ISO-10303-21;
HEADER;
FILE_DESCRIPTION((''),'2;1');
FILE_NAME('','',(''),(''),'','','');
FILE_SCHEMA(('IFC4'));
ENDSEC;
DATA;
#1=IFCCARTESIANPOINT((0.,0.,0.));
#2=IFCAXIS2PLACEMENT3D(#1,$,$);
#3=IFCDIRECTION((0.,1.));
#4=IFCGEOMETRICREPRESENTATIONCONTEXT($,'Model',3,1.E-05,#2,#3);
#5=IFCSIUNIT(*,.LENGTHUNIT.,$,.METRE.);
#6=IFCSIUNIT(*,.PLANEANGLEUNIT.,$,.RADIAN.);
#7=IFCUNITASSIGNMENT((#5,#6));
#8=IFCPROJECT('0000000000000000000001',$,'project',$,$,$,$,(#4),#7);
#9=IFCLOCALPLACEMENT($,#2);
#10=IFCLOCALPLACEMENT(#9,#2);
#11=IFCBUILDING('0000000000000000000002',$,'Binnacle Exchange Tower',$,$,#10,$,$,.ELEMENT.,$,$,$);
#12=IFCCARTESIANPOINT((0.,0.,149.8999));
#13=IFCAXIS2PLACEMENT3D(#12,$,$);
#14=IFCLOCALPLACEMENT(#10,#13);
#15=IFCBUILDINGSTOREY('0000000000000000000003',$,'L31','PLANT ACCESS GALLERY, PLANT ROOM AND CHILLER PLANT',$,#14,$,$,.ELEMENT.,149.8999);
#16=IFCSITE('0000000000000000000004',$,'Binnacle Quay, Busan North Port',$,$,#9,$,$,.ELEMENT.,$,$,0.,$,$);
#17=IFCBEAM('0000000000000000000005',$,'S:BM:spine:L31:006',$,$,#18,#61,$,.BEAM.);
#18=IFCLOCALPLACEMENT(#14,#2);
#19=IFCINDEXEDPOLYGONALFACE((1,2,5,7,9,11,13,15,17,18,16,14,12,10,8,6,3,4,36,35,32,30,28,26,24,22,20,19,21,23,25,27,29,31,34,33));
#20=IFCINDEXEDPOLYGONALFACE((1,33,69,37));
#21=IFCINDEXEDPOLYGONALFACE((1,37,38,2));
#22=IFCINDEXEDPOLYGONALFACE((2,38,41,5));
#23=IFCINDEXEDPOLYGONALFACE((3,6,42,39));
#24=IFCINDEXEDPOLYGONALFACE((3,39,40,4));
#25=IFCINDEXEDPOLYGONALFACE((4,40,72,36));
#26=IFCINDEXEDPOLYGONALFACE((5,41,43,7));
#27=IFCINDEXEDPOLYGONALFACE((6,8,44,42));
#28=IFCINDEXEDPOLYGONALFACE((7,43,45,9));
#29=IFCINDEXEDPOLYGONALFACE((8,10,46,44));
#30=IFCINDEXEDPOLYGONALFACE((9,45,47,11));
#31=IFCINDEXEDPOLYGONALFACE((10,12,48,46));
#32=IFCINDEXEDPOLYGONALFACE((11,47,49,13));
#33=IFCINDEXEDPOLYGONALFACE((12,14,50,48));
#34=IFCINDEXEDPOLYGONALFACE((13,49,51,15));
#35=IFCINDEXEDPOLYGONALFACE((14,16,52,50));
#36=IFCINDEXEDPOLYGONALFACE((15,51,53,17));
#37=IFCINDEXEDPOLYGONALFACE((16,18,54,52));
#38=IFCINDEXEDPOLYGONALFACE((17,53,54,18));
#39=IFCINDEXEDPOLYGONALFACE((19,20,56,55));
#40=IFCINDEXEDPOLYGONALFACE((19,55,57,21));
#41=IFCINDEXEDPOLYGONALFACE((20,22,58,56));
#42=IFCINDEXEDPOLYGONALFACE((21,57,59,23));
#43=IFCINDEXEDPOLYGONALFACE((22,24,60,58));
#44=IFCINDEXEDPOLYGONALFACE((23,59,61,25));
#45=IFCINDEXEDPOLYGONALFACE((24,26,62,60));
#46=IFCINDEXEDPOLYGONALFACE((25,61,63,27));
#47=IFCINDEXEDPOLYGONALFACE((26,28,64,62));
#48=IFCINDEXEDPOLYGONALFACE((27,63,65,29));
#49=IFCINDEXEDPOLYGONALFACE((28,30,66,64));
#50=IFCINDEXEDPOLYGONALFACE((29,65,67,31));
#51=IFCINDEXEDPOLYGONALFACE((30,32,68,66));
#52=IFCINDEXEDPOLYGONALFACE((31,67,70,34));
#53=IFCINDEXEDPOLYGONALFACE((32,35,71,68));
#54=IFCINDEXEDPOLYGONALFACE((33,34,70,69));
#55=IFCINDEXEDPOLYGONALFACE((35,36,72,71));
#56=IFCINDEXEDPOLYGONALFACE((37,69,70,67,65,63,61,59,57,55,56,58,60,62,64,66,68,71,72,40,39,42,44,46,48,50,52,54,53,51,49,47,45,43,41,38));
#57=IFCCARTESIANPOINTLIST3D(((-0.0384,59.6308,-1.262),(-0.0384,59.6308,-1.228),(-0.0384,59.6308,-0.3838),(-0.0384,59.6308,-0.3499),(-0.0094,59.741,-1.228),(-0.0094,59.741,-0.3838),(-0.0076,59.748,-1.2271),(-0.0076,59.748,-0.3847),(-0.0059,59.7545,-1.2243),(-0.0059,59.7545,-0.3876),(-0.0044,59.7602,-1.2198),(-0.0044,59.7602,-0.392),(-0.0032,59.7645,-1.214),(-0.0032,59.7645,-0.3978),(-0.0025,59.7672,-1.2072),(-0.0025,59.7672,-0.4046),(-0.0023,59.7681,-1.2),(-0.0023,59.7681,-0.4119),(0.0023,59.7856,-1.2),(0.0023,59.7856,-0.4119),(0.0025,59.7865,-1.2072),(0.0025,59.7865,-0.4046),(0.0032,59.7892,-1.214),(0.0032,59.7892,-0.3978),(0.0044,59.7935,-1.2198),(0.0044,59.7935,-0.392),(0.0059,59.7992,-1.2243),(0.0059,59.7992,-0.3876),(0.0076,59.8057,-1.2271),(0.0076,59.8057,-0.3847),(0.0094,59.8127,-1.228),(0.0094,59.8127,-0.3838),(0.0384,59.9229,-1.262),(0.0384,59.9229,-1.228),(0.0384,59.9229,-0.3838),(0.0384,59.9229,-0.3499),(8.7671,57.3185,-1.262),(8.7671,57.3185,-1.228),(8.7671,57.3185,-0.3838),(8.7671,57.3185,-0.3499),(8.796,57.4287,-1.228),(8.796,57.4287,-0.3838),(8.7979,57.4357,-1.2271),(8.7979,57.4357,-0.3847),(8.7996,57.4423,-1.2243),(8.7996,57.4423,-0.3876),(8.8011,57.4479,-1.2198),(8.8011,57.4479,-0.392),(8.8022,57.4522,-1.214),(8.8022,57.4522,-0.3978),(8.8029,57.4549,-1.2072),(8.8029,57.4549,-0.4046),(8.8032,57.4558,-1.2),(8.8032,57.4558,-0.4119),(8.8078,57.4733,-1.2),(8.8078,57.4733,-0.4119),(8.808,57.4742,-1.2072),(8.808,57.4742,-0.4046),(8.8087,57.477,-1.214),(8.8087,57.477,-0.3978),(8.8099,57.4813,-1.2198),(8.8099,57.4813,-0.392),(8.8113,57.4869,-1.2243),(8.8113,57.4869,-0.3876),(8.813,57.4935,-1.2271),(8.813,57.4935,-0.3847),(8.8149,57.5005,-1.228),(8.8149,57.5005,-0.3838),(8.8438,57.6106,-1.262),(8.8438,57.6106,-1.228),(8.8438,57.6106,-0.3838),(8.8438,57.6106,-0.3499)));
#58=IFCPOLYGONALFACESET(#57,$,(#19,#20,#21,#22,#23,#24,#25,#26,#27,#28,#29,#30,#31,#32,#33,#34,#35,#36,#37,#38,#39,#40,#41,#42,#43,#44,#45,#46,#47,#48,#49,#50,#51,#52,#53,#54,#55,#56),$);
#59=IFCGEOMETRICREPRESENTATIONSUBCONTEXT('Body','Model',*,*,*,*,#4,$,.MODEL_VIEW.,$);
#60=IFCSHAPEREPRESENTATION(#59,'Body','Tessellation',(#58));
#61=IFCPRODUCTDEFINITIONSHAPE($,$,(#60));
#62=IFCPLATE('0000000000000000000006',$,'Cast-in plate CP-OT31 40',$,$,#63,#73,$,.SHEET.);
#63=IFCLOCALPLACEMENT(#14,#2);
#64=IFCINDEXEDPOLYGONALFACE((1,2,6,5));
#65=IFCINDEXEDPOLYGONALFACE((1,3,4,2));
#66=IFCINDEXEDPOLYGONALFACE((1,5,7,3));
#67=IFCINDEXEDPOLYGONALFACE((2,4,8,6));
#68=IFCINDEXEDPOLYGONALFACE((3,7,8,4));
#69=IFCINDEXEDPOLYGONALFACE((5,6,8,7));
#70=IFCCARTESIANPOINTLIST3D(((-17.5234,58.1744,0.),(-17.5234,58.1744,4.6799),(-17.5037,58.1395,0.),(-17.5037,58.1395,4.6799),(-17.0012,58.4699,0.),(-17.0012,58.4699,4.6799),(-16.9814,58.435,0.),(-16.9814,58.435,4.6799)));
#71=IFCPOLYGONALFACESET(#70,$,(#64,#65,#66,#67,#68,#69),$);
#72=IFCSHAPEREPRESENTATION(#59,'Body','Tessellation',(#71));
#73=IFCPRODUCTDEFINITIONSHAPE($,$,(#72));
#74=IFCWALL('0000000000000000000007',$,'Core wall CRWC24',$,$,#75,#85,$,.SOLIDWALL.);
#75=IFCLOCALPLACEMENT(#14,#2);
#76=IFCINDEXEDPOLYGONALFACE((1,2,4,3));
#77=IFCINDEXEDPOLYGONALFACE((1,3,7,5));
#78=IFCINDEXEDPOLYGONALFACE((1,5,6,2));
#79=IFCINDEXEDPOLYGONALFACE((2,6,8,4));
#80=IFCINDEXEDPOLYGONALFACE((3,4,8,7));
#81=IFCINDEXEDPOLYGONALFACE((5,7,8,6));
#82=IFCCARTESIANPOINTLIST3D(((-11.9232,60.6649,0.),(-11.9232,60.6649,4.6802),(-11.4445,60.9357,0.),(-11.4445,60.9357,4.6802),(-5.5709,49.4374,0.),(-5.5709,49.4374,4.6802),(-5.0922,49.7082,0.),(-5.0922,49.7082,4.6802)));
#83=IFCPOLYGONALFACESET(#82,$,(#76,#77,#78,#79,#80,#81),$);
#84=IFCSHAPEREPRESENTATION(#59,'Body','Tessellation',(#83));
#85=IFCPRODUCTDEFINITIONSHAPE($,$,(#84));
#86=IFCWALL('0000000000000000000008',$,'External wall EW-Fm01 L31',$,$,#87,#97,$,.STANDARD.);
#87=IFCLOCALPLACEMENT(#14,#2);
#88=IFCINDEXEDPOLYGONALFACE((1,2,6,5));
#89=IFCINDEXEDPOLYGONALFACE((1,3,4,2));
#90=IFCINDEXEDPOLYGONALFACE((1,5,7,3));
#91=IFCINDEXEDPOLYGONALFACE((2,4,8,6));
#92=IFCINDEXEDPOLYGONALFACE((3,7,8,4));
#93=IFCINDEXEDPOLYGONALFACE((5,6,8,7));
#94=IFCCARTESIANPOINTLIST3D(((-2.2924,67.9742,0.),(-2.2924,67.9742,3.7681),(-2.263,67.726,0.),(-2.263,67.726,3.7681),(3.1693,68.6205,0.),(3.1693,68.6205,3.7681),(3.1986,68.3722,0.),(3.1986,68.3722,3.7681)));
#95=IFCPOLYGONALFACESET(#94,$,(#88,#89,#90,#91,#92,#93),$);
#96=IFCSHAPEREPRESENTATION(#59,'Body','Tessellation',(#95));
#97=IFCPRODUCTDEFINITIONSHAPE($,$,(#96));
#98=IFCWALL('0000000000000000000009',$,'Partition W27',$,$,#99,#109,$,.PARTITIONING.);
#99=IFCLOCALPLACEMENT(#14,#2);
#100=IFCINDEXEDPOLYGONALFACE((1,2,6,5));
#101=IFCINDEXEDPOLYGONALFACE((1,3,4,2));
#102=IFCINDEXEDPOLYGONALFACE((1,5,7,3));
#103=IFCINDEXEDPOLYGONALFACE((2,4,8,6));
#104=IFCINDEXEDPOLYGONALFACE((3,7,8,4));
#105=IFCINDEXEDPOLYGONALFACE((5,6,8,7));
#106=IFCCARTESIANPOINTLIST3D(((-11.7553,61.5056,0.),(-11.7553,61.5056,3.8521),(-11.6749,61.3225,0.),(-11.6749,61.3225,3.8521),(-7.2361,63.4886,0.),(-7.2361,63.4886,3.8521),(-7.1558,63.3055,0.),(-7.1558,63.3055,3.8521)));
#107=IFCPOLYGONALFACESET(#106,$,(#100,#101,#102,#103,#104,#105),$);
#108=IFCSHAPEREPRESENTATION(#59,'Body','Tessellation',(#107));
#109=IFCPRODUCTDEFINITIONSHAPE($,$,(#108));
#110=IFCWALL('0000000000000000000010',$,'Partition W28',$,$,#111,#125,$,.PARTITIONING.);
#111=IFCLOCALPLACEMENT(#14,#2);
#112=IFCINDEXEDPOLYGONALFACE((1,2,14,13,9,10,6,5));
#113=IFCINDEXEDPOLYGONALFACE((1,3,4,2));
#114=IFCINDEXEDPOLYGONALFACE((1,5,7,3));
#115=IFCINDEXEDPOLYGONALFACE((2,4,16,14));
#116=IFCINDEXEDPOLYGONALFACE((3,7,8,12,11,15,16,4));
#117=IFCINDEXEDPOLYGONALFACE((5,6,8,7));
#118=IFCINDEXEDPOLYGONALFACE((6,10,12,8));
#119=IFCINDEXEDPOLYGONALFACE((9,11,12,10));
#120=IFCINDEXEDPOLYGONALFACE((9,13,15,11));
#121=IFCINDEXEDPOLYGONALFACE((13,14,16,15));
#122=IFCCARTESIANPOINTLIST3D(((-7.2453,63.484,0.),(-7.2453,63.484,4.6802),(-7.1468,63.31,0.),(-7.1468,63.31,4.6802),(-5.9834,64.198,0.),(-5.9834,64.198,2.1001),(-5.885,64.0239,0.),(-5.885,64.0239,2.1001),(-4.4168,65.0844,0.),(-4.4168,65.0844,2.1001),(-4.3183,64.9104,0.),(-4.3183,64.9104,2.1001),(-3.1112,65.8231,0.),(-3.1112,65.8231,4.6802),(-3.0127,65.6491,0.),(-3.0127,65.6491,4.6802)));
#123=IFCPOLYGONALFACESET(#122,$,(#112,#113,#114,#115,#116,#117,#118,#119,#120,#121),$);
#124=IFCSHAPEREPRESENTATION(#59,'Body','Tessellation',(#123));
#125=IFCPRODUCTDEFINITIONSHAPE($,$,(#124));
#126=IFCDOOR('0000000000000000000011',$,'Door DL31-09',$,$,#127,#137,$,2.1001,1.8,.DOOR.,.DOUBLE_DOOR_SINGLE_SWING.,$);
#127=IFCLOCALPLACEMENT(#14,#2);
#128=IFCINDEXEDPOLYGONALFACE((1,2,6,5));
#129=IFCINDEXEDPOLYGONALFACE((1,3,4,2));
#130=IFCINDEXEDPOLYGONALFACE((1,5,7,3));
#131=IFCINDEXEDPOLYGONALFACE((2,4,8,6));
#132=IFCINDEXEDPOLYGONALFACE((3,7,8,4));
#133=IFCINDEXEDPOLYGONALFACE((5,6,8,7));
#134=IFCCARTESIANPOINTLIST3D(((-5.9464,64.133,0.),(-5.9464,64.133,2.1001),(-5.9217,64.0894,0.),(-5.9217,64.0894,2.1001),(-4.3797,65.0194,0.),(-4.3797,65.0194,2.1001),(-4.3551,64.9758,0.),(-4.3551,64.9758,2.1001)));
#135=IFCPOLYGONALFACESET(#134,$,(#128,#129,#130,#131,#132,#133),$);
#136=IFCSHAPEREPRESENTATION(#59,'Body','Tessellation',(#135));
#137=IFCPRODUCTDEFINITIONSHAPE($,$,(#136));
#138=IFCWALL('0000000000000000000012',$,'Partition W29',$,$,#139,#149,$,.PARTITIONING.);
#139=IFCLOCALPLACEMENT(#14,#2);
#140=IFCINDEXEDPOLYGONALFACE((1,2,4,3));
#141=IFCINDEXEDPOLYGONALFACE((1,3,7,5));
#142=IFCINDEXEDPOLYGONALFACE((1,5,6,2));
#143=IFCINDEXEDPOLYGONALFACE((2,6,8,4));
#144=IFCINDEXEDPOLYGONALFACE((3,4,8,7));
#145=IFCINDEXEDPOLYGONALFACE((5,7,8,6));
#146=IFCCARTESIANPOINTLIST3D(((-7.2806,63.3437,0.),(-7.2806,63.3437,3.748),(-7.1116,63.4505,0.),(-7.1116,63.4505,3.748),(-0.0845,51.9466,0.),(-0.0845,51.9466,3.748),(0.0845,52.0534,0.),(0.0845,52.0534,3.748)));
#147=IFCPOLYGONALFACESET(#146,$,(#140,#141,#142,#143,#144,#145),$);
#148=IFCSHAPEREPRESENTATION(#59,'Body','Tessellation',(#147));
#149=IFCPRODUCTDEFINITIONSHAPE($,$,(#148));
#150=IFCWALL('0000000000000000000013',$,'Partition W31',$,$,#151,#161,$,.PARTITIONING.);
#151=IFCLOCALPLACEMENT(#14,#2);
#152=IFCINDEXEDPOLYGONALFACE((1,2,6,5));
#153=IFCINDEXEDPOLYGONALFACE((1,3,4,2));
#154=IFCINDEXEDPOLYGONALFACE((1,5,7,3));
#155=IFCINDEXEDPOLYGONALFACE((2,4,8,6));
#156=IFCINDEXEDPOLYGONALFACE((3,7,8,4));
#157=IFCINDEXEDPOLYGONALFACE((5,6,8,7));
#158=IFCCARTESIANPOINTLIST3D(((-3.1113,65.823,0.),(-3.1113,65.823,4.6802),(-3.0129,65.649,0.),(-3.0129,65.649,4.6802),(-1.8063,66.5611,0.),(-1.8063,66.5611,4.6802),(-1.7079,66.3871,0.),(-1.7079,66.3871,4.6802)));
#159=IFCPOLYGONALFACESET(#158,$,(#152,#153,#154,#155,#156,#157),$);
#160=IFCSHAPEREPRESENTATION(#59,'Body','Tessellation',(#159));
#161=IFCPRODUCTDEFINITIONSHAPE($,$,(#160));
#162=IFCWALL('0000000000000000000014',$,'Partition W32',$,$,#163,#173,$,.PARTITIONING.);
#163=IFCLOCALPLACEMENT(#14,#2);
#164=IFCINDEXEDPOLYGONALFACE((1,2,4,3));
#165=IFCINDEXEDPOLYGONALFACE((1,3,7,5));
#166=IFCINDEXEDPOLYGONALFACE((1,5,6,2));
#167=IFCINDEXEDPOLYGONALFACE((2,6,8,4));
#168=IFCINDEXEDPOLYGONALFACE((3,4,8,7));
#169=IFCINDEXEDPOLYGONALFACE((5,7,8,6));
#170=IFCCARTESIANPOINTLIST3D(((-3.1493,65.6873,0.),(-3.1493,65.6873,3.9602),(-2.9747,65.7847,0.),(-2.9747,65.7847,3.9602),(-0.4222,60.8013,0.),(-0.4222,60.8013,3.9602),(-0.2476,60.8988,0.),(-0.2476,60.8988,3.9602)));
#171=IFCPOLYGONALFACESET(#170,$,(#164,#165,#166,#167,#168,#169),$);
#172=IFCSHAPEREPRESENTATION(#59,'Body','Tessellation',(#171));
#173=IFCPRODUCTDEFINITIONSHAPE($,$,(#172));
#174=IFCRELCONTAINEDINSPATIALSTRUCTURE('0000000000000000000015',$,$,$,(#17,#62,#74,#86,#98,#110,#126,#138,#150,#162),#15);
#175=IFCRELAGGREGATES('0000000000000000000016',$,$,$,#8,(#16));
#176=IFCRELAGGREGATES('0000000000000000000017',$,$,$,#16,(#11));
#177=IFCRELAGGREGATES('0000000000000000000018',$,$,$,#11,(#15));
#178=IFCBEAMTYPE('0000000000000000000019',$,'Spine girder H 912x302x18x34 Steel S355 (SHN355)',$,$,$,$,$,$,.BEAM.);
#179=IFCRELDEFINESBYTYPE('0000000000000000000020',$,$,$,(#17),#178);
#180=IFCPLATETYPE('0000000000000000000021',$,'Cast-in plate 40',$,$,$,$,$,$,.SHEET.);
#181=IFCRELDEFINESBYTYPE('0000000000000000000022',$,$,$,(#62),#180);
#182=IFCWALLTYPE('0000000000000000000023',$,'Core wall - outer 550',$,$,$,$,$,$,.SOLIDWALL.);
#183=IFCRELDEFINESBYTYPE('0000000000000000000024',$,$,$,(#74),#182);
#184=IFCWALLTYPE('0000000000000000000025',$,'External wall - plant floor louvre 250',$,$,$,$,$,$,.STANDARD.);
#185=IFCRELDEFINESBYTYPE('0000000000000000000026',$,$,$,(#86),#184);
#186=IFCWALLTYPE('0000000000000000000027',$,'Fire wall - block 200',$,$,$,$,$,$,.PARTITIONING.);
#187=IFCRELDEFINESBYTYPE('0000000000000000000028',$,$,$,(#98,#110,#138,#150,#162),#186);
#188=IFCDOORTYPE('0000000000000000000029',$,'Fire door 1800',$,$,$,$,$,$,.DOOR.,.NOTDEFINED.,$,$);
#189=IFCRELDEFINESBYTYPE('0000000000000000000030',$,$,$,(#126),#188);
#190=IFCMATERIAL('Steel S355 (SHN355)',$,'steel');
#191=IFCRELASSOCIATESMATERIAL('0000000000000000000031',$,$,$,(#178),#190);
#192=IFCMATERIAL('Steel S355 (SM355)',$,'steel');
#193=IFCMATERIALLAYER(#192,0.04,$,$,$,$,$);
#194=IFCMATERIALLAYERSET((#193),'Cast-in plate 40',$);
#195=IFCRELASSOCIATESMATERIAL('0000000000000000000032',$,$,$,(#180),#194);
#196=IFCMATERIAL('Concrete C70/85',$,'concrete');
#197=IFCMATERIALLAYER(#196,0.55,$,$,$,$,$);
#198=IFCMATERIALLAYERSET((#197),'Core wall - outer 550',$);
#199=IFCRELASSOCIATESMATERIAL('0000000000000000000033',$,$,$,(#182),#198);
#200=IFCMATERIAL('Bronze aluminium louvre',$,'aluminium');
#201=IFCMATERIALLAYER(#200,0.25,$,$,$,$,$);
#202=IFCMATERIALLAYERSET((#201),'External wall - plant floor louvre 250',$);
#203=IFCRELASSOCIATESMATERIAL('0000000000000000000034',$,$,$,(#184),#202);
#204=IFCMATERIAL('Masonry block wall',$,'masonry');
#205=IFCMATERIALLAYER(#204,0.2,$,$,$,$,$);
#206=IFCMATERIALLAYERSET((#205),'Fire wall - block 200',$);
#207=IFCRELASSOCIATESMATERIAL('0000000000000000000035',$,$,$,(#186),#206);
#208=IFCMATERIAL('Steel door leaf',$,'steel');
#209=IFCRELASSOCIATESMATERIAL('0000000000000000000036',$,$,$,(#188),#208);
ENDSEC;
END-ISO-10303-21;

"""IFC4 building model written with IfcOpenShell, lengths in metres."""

from ifc_helpers import new_model, si_unit, direction, frame, frame_2d, origin, origin_2d, place, context, subcontext, project, spatial, rectangle, i_section, extrude, material, layer, layer_set, material_profile, profile_set, type_object, element, fill, save


model = new_model("IFC4")

# Units and contexts
model_context = context("Model", 3, precision=1e-05, world=origin(), true_north=direction((0.0, 1.0)))
body_context = subcontext(model_context, "Body", "Model", "MODEL_VIEW")
ifc_project = project(units=[si_unit("LENGTHUNIT", "METRE"), si_unit("PLANEANGLEUNIT", "RADIAN")], contexts=[model_context])

# Site, building, storey
site_placement = place(None, origin())
site = spatial("IfcSite", under=ifc_project, at=site_placement, Name="Binnacle Quay, Busan North Port", CompositionType="ELEMENT", RefElevation=0.0)
building_placement = place(site_placement, origin())
building = spatial("IfcBuilding", under=site, at=building_placement, Name="Binnacle Exchange Tower", CompositionType="ELEMENT")
storey_placement = place(building_placement, frame((0.0, 0.0, 149.8999)))
storey = spatial("IfcBuildingStorey", under=building, at=storey_placement, Name="L31", Description="PLANT ACCESS GALLERY, PLANT ROOM AND CHILLER PLANT", CompositionType="ELEMENT", Elevation=149.8999)

# Shared definitions
ifc_material_1 = material(Name="Concrete C70/85", Category="concrete")

# Shared definitions
ifc_material_2 = material(Name="Steel S355 (SHN355)", Category="steel")

# Beam
ifc_material_profile_1 = material_profile(ifc_material_2, i_section(OverallWidth=0.302, OverallDepth=0.9121, WebThickness=0.0181, FlangeThickness=0.0339, FilletRadius=0.0281, at=origin_2d()), Name="H 912x302x18x34")
ifc_profile_set_1 = profile_set([ifc_material_profile_1], Name="Steel S355 (SHN355)")
beam_type_1 = type_object("IfcBeamType", Name="Spine girder H 912x302x18x34 Steel S355 (SHN355)", PredefinedType="BEAM", material=ifc_profile_set_1)
beam_1_placement = place(storey_placement, frame((0.0, 59.7769, -0.8059), z_axis=(0.967208, -0.253984, 0.0), x_axis=(0.253984, 0.967208, 0.0)))
element("IfcBeam", 1, at=beam_1_placement, inside=storey, type_object=beam_type_1, Name="S:BM:spine:L31:006", PredefinedType="BEAM", context=body_context, shape_type="SweptSolid", body=[
    extrude(i_section(OverallWidth=0.302, OverallDepth=0.9121, WebThickness=0.0181, FlangeThickness=0.0339, FilletRadius=0.0281, at=origin_2d()), origin(), (0.0, 0.0, 1.0), 9.104),
])

# Plate
ifc_material_3 = material(Name="Steel S355 (SM355)", Category="steel")
ifc_layer_1 = layer(ifc_material_3, 0.04)
ifc_layer_set_1 = layer_set([ifc_layer_1], Name="Cast-in plate 40")
plate_type = type_object("IfcPlateType", Name="Cast-in plate 40", PredefinedType="SHEET", material=ifc_layer_set_1)
plate_placement = place(storey_placement, frame((-17.2524, 58.3047, 0.0), z_axis=(0.0, 0.0, 1.0), x_axis=(0.492424, -0.870356, 0.0)))
element("IfcPlate", 2, at=plate_placement, inside=storey, type_object=plate_type, Name="Cast-in plate CP-OT31 40", PredefinedType="SHEET", context=body_context, shape_type="SweptSolid", body=[
    extrude(rectangle(XDim=0.04, YDim=0.6001, at=origin_2d()), origin(), (0.0, 0.0, 1.0), 4.6799),
])

# Walls
ifc_layer_2 = layer(ifc_material_1, 0.55)
ifc_layer_set_2 = layer_set([ifc_layer_2], Name="Core wall - outer 550")
wall_type_1 = type_object("IfcWallType", Name="Core wall - outer 550", PredefinedType="SOLIDWALL", material=ifc_layer_set_2)
wall_1_placement = place(storey_placement, frame((-11.6838, 60.8003, 0.0), z_axis=(0.0, 0.0, 1.0), x_axis=(0.492427, -0.870354, 0.0)))
element("IfcWall", 3, at=wall_1_placement, inside=storey, type_object=wall_type_1, Name="Core wall CRWC24", PredefinedType="SOLIDWALL", context=body_context, shape_type="SweptSolid", body=[
    extrude(rectangle(XDim=12.8999, YDim=0.55, at=frame_2d((6.45, 0.0))), origin(), (0.0, 0.0, 1.0), 4.6802),
])
ifc_material_4 = material(Name="Bronze aluminium louvre", Category="aluminium")
ifc_layer_3 = layer(ifc_material_4, 0.25)
ifc_layer_set_3 = layer_set([ifc_layer_3], Name="External wall - plant floor louvre 250")
wall_type_2 = type_object("IfcWallType", Name="External wall - plant floor louvre 250", PredefinedType="STANDARD", material=ifc_layer_set_3)
wall_2_placement = place(storey_placement, frame((-2.2778, 67.8501, 0.0), z_axis=(0.0, 0.0, 1.0), x_axis=(0.993073, 0.117503, 0.0)))
element("IfcWall", 4, at=wall_2_placement, inside=storey, type_object=wall_type_2, Name="External wall EW-Fm01 L31", PredefinedType="STANDARD", context=body_context, shape_type="SweptSolid", body=[
    extrude(rectangle(XDim=5.4998, YDim=0.25, at=frame_2d((2.75, 0.0))), origin(), (0.0, 0.0, 1.0), 3.7681),
])
ifc_material_5 = material(Name="Masonry block wall", Category="masonry")
ifc_layer_4 = layer(ifc_material_5, 0.2)
ifc_layer_set_4 = layer_set([ifc_layer_4], Name="Fire wall - block 200")
wall_type_3 = type_object("IfcWallType", Name="Fire wall - block 200", PredefinedType="PARTITIONING", material=ifc_layer_set_4)
wall_3_placement = place(storey_placement, frame((-11.7151, 61.4141, 0.0), z_axis=(0.0, 0.0, 1.0), x_axis=(0.915723, 0.40181, 0.0)))
element("IfcWall", 5, at=wall_3_placement, inside=storey, type_object=wall_type_3, Name="Partition W27", PredefinedType="PARTITIONING", context=body_context, shape_type="SweptSolid", body=[
    extrude(rectangle(XDim=4.9351, YDim=0.2, at=frame_2d((2.4675, 0.0))), origin(), (0.0, 0.0, 1.0), 3.8521),
])

# Wall, opening, door
wall_4_placement = place(storey_placement, frame((-7.196, 63.397, 0.0), z_axis=(0.0, 0.0, 1.0), x_axis=(0.870339, 0.492454, 0.0)))
wall_4 = element("IfcWall", 6, at=wall_4_placement, inside=storey, type_object=wall_type_3, Name="Partition W28", PredefinedType="PARTITIONING", context=body_context, shape_type="SweptSolid", body=[
    extrude(rectangle(XDim=4.75, YDim=0.2, at=frame_2d((2.375, 0.0))), origin(), (0.0, 0.0, 1.0), 4.6802),
])
opening_1_placement = place(wall_4_placement, frame((1.45, 0.0, 0.0)))
opening_1 = element("IfcOpeningElement", 7, at=opening_1_placement, cuts=wall_4, PredefinedType="OPENING", context=body_context, shape_type="SweptSolid", body=[
    extrude(rectangle(XDim=1.8, YDim=2.1001, at=frame_2d((0.8999, 1.05))), frame((0.0, 0.1099, 0.0), z_axis=(0.0, -1.0, 0.0), x_axis=(1.0, 0.0, 0.0)), (0.0, 0.0, 1.0), 0.22),
])
ifc_material_6 = material(Name="Steel door leaf", Category="steel")
door_type_1 = type_object("IfcDoorType", Name="Fire door 1800", OperationType="NOTDEFINED", PredefinedType="DOOR", material=ifc_material_6)
door_1_placement = place(opening_1_placement, frame((1.8, 0.0, 0.0), z_axis=(0.0, 0.0, 1.0), x_axis=(-1.0, 0.0, 0.0)))
door_1 = element("IfcDoor", 8, at=door_1_placement, inside=storey, type_object=door_type_1, Name="Door DL31-09", OperationType="DOUBLE_DOOR_SINGLE_SWING", OverallHeight=2.1001, OverallWidth=1.8, PredefinedType="DOOR", context=body_context, shape_type="SweptSolid", body=[
    extrude(rectangle(XDim=1.8, YDim=2.1001, at=frame_2d((0.8999, 1.05))), frame((0.0, 0.0249, 0.0), z_axis=(0.0, -1.0, 0.0), x_axis=(1.0, 0.0, 0.0)), (0.0, 0.0, 1.0), 0.05),
])
fill(opening_1, door_1)

# Walls
wall_5_placement = place(storey_placement, frame((-7.196, 63.397, 0.0), z_axis=(0.0, 0.0, 1.0), x_axis=(0.533885, -0.845557, 0.0)))
element("IfcWall", 9, at=wall_5_placement, inside=storey, type_object=wall_type_3, Name="Partition W29", PredefinedType="PARTITIONING", context=body_context, shape_type="SweptSolid", body=[
    extrude(rectangle(XDim=13.4788, YDim=0.2, at=frame_2d((6.7393, 0.0))), origin(), (0.0, 0.0, 1.0), 3.748),
])
wall_6_placement = place(storey_placement, frame((-3.062, 65.7361, 0.0), z_axis=(0.0, 0.0, 1.0), x_axis=(0.870429, 0.492293, 0.0)))
element("IfcWall", 10, at=wall_6_placement, inside=storey, type_object=wall_type_3, Name="Partition W31", PredefinedType="PARTITIONING", context=body_context, shape_type="SweptSolid", body=[
    extrude(rectangle(XDim=1.4993, YDim=0.2, at=frame_2d((0.7495, 0.0))), origin(), (0.0, 0.0, 1.0), 4.6802),
])
wall_7_placement = place(storey_placement, frame((-3.062, 65.7361, 0.0), z_axis=(0.0, 0.0, 1.0), x_axis=(0.487365, -0.873199, 0.0)))
element("IfcWall", 11, at=wall_7_placement, inside=storey, type_object=wall_type_3, Name="Partition W32", PredefinedType="PARTITIONING", context=body_context, shape_type="SweptSolid", body=[
    extrude(rectangle(XDim=5.5955, YDim=0.2, at=frame_2d((2.7979, 0.0))), origin(), (0.0, 0.0, 1.0), 3.9602),
])

save(model, "model.ifc")
